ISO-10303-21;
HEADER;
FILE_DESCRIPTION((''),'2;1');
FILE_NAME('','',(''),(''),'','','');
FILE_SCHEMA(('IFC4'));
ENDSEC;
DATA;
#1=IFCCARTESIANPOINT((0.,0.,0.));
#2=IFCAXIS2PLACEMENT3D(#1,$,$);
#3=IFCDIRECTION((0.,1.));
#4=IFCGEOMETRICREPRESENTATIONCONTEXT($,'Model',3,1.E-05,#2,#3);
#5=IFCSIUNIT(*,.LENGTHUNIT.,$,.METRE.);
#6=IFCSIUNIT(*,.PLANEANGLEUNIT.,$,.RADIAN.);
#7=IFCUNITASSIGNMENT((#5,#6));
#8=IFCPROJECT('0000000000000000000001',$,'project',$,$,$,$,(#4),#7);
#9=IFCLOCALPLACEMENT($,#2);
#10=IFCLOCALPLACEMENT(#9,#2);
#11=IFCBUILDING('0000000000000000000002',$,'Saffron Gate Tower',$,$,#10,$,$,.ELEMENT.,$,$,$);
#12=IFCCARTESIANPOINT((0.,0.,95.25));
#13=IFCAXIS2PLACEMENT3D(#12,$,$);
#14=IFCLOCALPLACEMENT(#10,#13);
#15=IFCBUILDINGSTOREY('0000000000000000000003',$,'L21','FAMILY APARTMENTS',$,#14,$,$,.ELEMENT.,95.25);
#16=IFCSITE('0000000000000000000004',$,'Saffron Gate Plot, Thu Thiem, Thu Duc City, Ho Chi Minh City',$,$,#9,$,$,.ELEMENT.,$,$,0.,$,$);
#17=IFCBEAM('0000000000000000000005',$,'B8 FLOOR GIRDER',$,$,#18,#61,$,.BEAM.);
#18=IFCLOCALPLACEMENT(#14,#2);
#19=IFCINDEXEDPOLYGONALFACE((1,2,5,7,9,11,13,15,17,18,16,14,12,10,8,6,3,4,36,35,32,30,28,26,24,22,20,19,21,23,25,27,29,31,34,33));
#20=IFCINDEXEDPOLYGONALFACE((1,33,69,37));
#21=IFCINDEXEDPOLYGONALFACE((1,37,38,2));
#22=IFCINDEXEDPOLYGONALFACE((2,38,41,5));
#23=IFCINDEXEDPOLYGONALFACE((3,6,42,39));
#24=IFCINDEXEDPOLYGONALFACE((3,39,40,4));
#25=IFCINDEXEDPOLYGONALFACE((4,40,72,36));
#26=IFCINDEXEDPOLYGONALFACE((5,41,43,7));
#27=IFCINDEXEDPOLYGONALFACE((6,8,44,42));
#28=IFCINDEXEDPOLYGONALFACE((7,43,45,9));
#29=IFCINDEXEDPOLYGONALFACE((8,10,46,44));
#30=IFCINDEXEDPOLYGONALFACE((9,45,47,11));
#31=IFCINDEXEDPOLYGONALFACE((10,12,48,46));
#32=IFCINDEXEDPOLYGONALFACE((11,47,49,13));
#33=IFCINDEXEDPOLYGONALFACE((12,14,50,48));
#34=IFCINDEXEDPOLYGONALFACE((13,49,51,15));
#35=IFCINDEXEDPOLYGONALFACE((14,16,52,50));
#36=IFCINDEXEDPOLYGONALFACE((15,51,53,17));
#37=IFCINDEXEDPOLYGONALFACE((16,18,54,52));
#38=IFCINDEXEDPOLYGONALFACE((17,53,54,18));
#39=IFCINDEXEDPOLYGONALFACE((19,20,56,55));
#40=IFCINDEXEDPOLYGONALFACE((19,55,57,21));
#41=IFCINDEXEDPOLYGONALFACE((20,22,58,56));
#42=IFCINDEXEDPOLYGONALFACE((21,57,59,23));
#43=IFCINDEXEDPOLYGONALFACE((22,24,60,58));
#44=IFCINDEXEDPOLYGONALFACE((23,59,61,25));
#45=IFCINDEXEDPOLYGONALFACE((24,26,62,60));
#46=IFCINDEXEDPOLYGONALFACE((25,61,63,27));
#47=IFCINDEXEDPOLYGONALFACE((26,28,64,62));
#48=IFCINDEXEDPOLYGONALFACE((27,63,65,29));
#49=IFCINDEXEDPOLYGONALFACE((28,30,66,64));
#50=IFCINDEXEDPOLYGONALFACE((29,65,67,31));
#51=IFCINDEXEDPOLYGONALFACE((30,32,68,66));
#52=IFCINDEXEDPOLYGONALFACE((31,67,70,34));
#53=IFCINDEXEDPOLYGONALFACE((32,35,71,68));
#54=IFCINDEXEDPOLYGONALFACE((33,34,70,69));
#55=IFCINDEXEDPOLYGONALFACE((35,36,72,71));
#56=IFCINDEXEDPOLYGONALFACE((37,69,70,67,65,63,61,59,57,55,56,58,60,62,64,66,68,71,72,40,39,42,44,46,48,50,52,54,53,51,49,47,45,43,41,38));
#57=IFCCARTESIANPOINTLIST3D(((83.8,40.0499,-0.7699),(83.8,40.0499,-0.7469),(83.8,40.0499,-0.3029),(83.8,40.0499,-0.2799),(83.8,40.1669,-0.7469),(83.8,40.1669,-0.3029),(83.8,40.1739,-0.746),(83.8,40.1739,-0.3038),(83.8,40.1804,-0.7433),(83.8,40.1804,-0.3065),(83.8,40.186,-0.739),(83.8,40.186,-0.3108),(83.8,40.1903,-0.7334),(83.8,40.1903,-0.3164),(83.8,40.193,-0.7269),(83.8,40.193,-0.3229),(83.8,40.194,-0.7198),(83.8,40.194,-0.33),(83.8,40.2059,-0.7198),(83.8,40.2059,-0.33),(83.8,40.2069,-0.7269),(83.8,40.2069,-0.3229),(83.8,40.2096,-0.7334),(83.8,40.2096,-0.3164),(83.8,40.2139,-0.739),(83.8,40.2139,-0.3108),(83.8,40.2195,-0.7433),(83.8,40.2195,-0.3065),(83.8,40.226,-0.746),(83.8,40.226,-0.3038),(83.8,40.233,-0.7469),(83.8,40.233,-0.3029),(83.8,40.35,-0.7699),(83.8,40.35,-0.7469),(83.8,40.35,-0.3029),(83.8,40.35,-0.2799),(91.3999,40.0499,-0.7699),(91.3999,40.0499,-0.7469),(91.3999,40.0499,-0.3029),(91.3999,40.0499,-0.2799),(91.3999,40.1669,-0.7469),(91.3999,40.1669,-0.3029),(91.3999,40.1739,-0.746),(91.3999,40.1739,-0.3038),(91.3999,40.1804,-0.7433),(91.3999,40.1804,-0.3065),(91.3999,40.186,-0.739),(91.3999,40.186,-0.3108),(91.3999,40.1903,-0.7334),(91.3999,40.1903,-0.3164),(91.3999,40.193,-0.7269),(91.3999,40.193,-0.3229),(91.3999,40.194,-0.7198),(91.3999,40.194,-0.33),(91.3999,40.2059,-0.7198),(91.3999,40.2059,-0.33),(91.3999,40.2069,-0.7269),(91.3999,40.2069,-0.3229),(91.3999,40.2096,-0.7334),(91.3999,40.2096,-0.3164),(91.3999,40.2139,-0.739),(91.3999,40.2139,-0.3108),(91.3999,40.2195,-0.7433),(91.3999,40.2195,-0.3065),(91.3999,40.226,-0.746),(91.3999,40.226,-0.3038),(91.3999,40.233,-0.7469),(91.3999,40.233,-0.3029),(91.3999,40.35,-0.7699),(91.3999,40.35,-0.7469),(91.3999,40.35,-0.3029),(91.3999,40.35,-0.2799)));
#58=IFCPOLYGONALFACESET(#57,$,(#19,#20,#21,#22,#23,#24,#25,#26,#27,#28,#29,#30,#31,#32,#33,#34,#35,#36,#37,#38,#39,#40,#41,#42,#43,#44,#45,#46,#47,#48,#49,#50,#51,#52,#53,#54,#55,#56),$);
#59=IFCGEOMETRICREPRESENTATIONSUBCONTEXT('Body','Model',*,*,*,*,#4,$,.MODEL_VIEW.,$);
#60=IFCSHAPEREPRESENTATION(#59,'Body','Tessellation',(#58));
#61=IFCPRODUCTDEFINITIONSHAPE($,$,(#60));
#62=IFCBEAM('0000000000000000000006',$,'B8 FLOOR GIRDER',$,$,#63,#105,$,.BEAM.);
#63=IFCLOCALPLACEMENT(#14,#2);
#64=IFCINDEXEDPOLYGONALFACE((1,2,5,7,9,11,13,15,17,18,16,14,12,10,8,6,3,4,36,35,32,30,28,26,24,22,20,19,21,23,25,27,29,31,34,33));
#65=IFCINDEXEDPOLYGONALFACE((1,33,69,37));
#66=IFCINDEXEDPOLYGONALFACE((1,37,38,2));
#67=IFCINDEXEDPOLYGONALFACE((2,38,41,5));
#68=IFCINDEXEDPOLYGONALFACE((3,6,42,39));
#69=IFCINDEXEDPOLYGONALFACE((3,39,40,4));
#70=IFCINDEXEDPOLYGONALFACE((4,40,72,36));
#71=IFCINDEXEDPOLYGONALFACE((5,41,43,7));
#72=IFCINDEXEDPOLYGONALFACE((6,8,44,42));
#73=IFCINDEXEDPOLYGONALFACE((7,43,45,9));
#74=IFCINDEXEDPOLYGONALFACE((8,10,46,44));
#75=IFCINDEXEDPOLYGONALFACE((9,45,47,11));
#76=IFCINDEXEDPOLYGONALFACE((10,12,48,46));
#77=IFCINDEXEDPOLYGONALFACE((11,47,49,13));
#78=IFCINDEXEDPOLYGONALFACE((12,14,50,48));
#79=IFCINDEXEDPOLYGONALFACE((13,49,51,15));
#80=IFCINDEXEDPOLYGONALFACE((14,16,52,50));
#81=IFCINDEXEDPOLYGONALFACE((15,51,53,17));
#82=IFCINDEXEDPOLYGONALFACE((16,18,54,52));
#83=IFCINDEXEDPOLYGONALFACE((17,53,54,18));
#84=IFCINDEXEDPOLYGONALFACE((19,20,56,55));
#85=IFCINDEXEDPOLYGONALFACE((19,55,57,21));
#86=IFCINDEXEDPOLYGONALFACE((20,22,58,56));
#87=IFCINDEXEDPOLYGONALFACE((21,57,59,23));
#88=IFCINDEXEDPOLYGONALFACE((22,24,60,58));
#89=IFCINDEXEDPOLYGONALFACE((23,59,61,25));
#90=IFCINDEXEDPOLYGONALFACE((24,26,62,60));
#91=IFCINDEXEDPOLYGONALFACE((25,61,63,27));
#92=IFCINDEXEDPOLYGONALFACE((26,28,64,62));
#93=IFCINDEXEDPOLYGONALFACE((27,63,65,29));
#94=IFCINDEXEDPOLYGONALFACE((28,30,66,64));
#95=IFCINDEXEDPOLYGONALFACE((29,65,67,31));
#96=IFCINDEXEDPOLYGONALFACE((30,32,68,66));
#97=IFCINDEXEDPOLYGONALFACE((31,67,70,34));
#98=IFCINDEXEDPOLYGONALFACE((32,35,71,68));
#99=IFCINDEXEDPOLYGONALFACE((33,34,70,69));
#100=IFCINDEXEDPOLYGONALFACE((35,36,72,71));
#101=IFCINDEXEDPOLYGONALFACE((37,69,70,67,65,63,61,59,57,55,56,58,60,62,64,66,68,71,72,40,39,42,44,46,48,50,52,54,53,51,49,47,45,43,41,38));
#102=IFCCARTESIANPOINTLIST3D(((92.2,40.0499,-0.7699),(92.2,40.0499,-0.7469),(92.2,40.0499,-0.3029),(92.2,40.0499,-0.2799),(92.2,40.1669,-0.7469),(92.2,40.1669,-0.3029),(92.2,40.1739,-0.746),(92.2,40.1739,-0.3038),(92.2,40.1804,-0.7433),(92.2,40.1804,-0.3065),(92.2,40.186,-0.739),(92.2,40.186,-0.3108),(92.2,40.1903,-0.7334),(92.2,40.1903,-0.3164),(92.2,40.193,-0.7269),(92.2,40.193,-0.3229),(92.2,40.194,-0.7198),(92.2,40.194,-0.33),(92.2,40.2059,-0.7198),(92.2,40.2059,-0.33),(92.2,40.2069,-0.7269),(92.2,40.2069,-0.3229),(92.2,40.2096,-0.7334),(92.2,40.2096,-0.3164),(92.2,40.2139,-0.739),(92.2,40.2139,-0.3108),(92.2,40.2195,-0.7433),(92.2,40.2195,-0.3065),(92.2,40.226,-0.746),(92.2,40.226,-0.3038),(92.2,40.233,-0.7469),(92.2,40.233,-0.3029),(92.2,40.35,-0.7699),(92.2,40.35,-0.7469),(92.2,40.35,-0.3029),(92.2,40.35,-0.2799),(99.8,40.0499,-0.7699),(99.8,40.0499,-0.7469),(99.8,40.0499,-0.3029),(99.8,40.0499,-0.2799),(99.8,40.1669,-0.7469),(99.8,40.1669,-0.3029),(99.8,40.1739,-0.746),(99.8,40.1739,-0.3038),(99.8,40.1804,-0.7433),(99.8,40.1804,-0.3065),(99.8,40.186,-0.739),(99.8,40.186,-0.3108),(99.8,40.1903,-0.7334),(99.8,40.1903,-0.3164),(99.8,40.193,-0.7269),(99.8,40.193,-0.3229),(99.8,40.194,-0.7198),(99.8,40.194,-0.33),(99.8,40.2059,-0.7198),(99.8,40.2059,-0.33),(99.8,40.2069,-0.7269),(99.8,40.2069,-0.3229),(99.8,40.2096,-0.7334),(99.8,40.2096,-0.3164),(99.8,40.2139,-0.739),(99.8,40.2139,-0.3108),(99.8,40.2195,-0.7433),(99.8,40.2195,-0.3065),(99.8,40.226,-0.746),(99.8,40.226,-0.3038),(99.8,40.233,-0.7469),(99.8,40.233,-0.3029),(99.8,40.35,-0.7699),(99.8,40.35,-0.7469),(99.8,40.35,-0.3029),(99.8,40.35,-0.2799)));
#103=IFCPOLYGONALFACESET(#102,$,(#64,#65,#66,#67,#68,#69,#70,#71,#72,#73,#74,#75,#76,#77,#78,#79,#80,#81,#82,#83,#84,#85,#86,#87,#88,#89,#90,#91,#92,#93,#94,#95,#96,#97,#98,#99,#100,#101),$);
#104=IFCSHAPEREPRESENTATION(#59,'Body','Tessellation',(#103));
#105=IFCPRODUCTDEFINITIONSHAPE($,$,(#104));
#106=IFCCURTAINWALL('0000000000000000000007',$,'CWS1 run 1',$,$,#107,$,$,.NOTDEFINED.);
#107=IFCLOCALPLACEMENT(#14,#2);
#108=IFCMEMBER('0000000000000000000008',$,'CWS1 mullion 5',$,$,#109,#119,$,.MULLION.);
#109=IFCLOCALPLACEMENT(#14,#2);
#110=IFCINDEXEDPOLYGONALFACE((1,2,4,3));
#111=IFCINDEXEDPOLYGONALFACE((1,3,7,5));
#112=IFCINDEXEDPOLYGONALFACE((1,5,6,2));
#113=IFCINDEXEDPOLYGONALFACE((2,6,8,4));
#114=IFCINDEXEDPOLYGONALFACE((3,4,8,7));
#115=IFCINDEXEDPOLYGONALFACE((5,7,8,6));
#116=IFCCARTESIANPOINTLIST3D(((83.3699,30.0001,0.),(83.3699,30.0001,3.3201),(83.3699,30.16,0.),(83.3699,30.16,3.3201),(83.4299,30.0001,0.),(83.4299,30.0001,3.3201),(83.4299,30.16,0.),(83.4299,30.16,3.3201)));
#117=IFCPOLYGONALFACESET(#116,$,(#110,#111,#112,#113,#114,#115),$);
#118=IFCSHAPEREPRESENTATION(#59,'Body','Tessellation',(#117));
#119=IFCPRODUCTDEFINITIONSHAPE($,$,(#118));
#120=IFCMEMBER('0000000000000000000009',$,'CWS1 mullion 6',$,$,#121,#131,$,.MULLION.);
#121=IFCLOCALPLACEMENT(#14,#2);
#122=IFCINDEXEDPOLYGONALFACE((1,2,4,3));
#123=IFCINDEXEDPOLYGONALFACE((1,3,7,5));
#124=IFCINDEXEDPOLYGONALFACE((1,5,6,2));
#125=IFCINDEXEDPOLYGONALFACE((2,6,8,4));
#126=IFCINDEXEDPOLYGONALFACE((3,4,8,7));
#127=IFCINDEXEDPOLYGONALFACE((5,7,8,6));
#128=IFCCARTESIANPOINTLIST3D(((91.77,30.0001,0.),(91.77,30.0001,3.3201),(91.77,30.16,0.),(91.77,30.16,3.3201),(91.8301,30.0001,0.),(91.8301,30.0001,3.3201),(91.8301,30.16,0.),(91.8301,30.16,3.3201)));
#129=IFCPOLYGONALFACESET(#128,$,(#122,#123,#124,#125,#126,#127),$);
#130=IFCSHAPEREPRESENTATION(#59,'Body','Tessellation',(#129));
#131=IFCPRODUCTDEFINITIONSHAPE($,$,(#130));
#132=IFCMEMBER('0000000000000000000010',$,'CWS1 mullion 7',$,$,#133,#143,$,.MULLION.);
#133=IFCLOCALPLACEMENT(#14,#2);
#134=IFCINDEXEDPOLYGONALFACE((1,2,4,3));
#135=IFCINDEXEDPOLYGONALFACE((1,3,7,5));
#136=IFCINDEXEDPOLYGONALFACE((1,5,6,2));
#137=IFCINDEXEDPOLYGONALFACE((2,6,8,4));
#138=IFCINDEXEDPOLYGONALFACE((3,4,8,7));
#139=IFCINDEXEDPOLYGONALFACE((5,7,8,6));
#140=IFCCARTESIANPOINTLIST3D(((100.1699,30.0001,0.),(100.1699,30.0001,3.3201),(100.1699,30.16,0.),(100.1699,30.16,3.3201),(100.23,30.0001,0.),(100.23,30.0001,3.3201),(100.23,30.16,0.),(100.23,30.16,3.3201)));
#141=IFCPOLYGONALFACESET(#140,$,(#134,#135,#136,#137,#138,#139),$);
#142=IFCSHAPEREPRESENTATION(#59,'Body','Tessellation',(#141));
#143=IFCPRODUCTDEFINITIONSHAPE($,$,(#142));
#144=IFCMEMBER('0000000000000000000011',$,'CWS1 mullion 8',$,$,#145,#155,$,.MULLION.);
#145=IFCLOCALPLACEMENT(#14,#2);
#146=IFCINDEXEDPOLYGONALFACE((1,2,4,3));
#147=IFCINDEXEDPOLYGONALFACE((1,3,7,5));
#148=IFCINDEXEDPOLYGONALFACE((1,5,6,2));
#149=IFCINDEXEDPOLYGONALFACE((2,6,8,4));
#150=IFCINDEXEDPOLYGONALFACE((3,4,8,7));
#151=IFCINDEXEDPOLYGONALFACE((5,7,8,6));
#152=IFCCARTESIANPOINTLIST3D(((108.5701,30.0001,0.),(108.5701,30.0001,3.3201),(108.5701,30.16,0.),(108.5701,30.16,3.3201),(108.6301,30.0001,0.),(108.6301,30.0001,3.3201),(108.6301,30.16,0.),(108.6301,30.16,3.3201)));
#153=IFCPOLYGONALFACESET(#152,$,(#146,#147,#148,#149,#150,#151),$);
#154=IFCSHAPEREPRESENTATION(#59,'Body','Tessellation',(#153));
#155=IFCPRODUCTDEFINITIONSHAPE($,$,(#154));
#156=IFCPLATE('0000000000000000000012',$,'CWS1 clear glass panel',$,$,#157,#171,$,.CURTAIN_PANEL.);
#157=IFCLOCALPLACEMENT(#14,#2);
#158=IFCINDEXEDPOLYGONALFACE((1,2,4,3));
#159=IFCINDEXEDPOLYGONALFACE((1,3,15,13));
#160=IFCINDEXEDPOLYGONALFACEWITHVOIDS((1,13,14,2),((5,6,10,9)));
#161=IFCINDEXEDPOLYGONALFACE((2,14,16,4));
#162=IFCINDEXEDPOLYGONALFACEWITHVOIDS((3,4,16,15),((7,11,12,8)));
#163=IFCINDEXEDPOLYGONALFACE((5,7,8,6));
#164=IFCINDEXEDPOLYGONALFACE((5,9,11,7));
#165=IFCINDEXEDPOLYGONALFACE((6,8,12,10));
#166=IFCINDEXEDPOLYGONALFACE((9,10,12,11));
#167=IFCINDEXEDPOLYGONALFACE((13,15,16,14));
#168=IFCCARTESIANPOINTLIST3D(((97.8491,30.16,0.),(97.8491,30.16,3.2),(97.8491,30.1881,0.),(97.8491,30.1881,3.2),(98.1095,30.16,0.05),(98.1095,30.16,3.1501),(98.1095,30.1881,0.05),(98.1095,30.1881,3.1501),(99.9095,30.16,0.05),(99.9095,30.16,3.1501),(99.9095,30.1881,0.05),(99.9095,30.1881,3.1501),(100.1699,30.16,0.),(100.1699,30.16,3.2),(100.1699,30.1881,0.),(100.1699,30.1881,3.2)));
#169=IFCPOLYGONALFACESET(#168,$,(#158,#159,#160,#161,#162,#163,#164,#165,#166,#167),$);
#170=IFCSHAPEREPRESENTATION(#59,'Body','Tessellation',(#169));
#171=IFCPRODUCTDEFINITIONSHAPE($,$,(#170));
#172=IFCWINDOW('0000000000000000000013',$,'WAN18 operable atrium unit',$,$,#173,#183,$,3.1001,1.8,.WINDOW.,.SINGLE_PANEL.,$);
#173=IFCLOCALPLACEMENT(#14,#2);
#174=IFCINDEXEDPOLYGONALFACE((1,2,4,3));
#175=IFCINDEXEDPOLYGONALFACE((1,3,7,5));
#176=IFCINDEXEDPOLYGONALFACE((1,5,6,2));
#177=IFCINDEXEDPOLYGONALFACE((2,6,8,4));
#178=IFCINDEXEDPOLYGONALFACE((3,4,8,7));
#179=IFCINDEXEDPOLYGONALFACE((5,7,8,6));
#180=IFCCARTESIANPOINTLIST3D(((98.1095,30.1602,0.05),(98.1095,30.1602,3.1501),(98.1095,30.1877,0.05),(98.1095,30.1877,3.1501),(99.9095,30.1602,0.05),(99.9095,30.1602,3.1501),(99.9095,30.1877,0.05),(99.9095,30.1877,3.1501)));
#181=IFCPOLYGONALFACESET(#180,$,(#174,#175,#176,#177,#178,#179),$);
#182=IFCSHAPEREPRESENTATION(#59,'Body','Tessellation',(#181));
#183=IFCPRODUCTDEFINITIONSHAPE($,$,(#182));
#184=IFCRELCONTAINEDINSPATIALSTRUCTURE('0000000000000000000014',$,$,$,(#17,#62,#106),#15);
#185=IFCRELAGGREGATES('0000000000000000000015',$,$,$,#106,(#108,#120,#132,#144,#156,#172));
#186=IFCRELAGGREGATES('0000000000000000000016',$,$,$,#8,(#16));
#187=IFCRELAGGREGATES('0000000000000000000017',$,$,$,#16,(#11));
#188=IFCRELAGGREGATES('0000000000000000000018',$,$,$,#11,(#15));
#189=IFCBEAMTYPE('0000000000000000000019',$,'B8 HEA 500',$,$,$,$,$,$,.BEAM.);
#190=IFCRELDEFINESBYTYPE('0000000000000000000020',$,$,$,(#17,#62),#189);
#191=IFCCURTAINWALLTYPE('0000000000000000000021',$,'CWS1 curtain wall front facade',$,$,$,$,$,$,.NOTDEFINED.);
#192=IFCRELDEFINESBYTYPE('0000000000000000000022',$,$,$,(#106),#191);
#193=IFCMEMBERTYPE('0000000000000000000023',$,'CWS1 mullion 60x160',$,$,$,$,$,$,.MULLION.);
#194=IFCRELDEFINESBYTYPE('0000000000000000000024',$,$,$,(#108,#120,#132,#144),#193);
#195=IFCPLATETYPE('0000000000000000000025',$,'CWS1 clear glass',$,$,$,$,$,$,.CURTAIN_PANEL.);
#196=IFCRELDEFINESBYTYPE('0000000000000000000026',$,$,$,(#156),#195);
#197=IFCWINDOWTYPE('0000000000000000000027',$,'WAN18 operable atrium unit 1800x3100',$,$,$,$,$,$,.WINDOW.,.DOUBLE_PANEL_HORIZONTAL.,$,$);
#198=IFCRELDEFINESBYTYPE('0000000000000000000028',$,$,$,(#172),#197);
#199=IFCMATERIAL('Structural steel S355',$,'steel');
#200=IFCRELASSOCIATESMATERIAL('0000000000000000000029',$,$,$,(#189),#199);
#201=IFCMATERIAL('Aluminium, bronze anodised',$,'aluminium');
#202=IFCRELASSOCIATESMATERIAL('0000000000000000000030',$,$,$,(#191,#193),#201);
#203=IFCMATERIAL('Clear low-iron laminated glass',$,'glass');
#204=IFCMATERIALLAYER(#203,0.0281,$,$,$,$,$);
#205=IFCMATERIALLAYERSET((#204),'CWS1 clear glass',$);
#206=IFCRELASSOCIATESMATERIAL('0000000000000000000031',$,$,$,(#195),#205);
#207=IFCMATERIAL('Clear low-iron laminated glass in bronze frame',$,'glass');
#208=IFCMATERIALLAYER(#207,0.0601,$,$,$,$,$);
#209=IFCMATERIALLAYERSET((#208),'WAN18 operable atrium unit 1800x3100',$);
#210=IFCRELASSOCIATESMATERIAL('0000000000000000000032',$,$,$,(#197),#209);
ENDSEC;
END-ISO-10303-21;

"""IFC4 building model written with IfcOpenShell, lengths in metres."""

from ifc_helpers import new_model, si_unit, direction, frame, frame_2d, origin, origin_2d, place, context, subcontext, project, spatial, rectangle, i_section, extrude, material, layer, layer_set, material_profile, profile_set, type_object, element, fill, aggregate, save


model = new_model("IFC4")

# Units and contexts
model_context = context("Model", 3, precision=1e-05, world=origin(), true_north=direction((0.0, 1.0)))
body_context = subcontext(model_context, "Body", "Model", "MODEL_VIEW")
ifc_project = project(units=[si_unit("LENGTHUNIT", "METRE"), si_unit("PLANEANGLEUNIT", "RADIAN")], contexts=[model_context])

# Site, building, storey
site_placement = place(None, origin())
site = spatial("IfcSite", under=ifc_project, at=site_placement, Name="Saffron Gate Plot, Thu Thiem, Thu Duc City, Ho Chi Minh City", CompositionType="ELEMENT", RefElevation=0.0)
building_placement = place(site_placement, origin())
building = spatial("IfcBuilding", under=site, at=building_placement, Name="Saffron Gate Tower", CompositionType="ELEMENT")
storey_placement = place(building_placement, frame((0.0, 0.0, 95.25)))
storey = spatial("IfcBuildingStorey", under=building, at=storey_placement, Name="L21", Description="FAMILY APARTMENTS", CompositionType="ELEMENT", Elevation=95.25)

# Beams
ifc_material_1 = material(Name="Structural steel S355", Category="steel")
ifc_material_profile_1 = material_profile(ifc_material_1, i_section(OverallWidth=0.3, OverallDepth=0.49, WebThickness=0.012, FlangeThickness=0.0229, FilletRadius=0.0271, at=origin_2d()))
ifc_profile_set_1 = profile_set([ifc_material_profile_1], Name="Structural steel S355")
beam_type_1 = type_object("IfcBeamType", Name="B8 HEA 500", PredefinedType="BEAM", material=ifc_profile_set_1)
beam_1_placement = place(storey_placement, frame((83.8, 40.2, -0.5249), z_axis=(1.0, 0.0, 0.0), x_axis=(0.0, 1.0, 0.0)))
element("IfcBeam", 1, at=beam_1_placement, inside=storey, type_object=beam_type_1, Name="B8 FLOOR GIRDER", PredefinedType="BEAM", context=body_context, shape_type="SweptSolid", body=[
    extrude(i_section(OverallWidth=0.3, OverallDepth=0.49, WebThickness=0.012, FlangeThickness=0.0229, FilletRadius=0.0271, at=origin_2d()), origin(), (0.0, 0.0, 1.0), 7.5999),
])
beam_2_placement = place(storey_placement, frame((92.2, 40.2, -0.5249), z_axis=(1.0, 0.0, 0.0), x_axis=(0.0, 1.0, 0.0)))
element("IfcBeam", 2, at=beam_2_placement, inside=storey, type_object=beam_type_1, Name="B8 FLOOR GIRDER", PredefinedType="BEAM", context=body_context, shape_type="SweptSolid", body=[
    extrude(i_section(OverallWidth=0.3, OverallDepth=0.49, WebThickness=0.012, FlangeThickness=0.0229, FilletRadius=0.0271, at=origin_2d()), origin(), (0.0, 0.0, 1.0), 7.6001),
])

# Curtain wall, members, plate, opening, window
ifc_material_2 = material(Name="Aluminium, bronze anodised", Category="aluminium")
curtain_wall_type = type_object("IfcCurtainWallType", Name="CWS1 curtain wall front facade", PredefinedType="NOTDEFINED", material=ifc_material_2)
curtain_wall_placement = place(storey_placement, origin())
curtain_wall = element("IfcCurtainWall", 3, at=curtain_wall_placement, inside=storey, type_object=curtain_wall_type, Name="CWS1 run 1", PredefinedType="NOTDEFINED")
ifc_material_profile_2 = material_profile(ifc_material_2, rectangle(XDim=0.1599, YDim=0.0601, at=origin_2d()))
ifc_profile_set_2 = profile_set([ifc_material_profile_2], Name="Aluminium, bronze anodised")
member_type = type_object("IfcMemberType", Name="CWS1 mullion 60x160", PredefinedType="MULLION", material=ifc_profile_set_2)
member_1_placement = place(storey_placement, frame((83.3999, 30.0801, 0.0), z_axis=(0.0, 0.0, 1.0), x_axis=(0.0, 1.0, 0.0)))
member_1 = element("IfcMember", 4, at=member_1_placement, type_object=member_type, Name="CWS1 mullion 5", PredefinedType="MULLION", context=body_context, shape_type="SweptSolid", body=[
    extrude(rectangle(XDim=0.1599, YDim=0.0601, at=origin_2d()), origin(), (0.0, 0.0, 1.0), 3.3201),
])
member_2_placement = place(storey_placement, frame((91.8, 30.0801, 0.0), z_axis=(0.0, 0.0, 1.0), x_axis=(0.0, 1.0, 0.0)))
member_2 = element("IfcMember", 5, at=member_2_placement, type_object=member_type, Name="CWS1 mullion 6", PredefinedType="MULLION", context=body_context, shape_type="SweptSolid", body=[
    extrude(rectangle(XDim=0.1599, YDim=0.0601, at=origin_2d()), origin(), (0.0, 0.0, 1.0), 3.3201),
])
member_3_placement = place(storey_placement, frame((100.2, 30.0801, 0.0), z_axis=(0.0, 0.0, 1.0), x_axis=(0.0, 1.0, 0.0)))
member_3 = element("IfcMember", 6, at=member_3_placement, type_object=member_type, Name="CWS1 mullion 7", PredefinedType="MULLION", context=body_context, shape_type="SweptSolid", body=[
    extrude(rectangle(XDim=0.1599, YDim=0.0601, at=origin_2d()), origin(), (0.0, 0.0, 1.0), 3.3201),
])
member_4_placement = place(storey_placement, frame((108.6001, 30.0801, 0.0), z_axis=(0.0, 0.0, 1.0), x_axis=(0.0, 1.0, 0.0)))
member_4 = element("IfcMember", 7, at=member_4_placement, type_object=member_type, Name="CWS1 mullion 8", PredefinedType="MULLION", context=body_context, shape_type="SweptSolid", body=[
    extrude(rectangle(XDim=0.1599, YDim=0.0601, at=origin_2d()), origin(), (0.0, 0.0, 1.0), 3.3201),
])
ifc_material_3 = material(Name="Clear low-iron laminated glass", Category="glass")
ifc_layer_1 = layer(ifc_material_3, 0.0281)
ifc_layer_set_1 = layer_set([ifc_layer_1], Name="CWS1 clear glass")
plate_type_1 = type_object("IfcPlateType", Name="CWS1 clear glass", PredefinedType="CURTAIN_PANEL", material=ifc_layer_set_1)
plate_1_placement = place(storey_placement, frame((97.8491, 30.1741, 0.0), z_axis=(0.0, 0.0, 1.0), x_axis=(1.0, 0.0, 0.0)))
plate_1 = element("IfcPlate", 8, at=plate_1_placement, type_object=plate_type_1, Name="CWS1 clear glass panel", PredefinedType="CURTAIN_PANEL", context=body_context, shape_type="SweptSolid", body=[
    extrude(rectangle(XDim=2.3208, YDim=0.0281, at=frame_2d((1.1604, 0.0))), origin(), (0.0, 0.0, 1.0), 3.2),
])
opening_1_placement = place(plate_1_placement, frame((0.2605, 0.0, 0.05)))
opening_1 = element("IfcOpeningElement", 9, at=opening_1_placement, cuts=plate_1, PredefinedType="OPENING", context=body_context, shape_type="SweptSolid", body=[
    extrude(rectangle(XDim=1.8, YDim=3.1001, at=frame_2d((0.8999, 1.55))), frame((0.0, 0.0239, 0.0), z_axis=(0.0, -1.0, 0.0), x_axis=(1.0, 0.0, 0.0)), (0.0, 0.0, 1.0), 0.0481),
])
ifc_material_4 = material(Name="Clear low-iron laminated glass in bronze frame", Category="glass")
ifc_layer_2 = layer(ifc_material_4, 0.0601)
ifc_layer_set_2 = layer_set([ifc_layer_2], Name="WAN18 operable atrium unit 1800x3100")
window_type_1 = type_object("IfcWindowType", Name="WAN18 operable atrium unit 1800x3100", PartitioningType="DOUBLE_PANEL_HORIZONTAL", PredefinedType="WINDOW", material=ifc_layer_set_2)
window_1_placement = place(opening_1_placement, origin())
window_1 = element("IfcWindow", 10, at=window_1_placement, type_object=window_type_1, Name="WAN18 operable atrium unit", OverallHeight=3.1001, OverallWidth=1.8, PartitioningType="SINGLE_PANEL", PredefinedType="WINDOW", context=body_context, shape_type="SweptSolid", body=[
    extrude(rectangle(XDim=1.8, YDim=3.1001, at=frame_2d((0.8999, 1.55))), frame((0.0, 0.0137, 0.0), z_axis=(0.0, -1.0, 0.0), x_axis=(1.0, 0.0, 0.0)), (0.0, 0.0, 1.0), 0.0276),
])
fill(opening_1, window_1)
aggregate(curtain_wall, [member_1, member_2, member_3, member_4, plate_1, window_1])

save(model, "model.ifc")
